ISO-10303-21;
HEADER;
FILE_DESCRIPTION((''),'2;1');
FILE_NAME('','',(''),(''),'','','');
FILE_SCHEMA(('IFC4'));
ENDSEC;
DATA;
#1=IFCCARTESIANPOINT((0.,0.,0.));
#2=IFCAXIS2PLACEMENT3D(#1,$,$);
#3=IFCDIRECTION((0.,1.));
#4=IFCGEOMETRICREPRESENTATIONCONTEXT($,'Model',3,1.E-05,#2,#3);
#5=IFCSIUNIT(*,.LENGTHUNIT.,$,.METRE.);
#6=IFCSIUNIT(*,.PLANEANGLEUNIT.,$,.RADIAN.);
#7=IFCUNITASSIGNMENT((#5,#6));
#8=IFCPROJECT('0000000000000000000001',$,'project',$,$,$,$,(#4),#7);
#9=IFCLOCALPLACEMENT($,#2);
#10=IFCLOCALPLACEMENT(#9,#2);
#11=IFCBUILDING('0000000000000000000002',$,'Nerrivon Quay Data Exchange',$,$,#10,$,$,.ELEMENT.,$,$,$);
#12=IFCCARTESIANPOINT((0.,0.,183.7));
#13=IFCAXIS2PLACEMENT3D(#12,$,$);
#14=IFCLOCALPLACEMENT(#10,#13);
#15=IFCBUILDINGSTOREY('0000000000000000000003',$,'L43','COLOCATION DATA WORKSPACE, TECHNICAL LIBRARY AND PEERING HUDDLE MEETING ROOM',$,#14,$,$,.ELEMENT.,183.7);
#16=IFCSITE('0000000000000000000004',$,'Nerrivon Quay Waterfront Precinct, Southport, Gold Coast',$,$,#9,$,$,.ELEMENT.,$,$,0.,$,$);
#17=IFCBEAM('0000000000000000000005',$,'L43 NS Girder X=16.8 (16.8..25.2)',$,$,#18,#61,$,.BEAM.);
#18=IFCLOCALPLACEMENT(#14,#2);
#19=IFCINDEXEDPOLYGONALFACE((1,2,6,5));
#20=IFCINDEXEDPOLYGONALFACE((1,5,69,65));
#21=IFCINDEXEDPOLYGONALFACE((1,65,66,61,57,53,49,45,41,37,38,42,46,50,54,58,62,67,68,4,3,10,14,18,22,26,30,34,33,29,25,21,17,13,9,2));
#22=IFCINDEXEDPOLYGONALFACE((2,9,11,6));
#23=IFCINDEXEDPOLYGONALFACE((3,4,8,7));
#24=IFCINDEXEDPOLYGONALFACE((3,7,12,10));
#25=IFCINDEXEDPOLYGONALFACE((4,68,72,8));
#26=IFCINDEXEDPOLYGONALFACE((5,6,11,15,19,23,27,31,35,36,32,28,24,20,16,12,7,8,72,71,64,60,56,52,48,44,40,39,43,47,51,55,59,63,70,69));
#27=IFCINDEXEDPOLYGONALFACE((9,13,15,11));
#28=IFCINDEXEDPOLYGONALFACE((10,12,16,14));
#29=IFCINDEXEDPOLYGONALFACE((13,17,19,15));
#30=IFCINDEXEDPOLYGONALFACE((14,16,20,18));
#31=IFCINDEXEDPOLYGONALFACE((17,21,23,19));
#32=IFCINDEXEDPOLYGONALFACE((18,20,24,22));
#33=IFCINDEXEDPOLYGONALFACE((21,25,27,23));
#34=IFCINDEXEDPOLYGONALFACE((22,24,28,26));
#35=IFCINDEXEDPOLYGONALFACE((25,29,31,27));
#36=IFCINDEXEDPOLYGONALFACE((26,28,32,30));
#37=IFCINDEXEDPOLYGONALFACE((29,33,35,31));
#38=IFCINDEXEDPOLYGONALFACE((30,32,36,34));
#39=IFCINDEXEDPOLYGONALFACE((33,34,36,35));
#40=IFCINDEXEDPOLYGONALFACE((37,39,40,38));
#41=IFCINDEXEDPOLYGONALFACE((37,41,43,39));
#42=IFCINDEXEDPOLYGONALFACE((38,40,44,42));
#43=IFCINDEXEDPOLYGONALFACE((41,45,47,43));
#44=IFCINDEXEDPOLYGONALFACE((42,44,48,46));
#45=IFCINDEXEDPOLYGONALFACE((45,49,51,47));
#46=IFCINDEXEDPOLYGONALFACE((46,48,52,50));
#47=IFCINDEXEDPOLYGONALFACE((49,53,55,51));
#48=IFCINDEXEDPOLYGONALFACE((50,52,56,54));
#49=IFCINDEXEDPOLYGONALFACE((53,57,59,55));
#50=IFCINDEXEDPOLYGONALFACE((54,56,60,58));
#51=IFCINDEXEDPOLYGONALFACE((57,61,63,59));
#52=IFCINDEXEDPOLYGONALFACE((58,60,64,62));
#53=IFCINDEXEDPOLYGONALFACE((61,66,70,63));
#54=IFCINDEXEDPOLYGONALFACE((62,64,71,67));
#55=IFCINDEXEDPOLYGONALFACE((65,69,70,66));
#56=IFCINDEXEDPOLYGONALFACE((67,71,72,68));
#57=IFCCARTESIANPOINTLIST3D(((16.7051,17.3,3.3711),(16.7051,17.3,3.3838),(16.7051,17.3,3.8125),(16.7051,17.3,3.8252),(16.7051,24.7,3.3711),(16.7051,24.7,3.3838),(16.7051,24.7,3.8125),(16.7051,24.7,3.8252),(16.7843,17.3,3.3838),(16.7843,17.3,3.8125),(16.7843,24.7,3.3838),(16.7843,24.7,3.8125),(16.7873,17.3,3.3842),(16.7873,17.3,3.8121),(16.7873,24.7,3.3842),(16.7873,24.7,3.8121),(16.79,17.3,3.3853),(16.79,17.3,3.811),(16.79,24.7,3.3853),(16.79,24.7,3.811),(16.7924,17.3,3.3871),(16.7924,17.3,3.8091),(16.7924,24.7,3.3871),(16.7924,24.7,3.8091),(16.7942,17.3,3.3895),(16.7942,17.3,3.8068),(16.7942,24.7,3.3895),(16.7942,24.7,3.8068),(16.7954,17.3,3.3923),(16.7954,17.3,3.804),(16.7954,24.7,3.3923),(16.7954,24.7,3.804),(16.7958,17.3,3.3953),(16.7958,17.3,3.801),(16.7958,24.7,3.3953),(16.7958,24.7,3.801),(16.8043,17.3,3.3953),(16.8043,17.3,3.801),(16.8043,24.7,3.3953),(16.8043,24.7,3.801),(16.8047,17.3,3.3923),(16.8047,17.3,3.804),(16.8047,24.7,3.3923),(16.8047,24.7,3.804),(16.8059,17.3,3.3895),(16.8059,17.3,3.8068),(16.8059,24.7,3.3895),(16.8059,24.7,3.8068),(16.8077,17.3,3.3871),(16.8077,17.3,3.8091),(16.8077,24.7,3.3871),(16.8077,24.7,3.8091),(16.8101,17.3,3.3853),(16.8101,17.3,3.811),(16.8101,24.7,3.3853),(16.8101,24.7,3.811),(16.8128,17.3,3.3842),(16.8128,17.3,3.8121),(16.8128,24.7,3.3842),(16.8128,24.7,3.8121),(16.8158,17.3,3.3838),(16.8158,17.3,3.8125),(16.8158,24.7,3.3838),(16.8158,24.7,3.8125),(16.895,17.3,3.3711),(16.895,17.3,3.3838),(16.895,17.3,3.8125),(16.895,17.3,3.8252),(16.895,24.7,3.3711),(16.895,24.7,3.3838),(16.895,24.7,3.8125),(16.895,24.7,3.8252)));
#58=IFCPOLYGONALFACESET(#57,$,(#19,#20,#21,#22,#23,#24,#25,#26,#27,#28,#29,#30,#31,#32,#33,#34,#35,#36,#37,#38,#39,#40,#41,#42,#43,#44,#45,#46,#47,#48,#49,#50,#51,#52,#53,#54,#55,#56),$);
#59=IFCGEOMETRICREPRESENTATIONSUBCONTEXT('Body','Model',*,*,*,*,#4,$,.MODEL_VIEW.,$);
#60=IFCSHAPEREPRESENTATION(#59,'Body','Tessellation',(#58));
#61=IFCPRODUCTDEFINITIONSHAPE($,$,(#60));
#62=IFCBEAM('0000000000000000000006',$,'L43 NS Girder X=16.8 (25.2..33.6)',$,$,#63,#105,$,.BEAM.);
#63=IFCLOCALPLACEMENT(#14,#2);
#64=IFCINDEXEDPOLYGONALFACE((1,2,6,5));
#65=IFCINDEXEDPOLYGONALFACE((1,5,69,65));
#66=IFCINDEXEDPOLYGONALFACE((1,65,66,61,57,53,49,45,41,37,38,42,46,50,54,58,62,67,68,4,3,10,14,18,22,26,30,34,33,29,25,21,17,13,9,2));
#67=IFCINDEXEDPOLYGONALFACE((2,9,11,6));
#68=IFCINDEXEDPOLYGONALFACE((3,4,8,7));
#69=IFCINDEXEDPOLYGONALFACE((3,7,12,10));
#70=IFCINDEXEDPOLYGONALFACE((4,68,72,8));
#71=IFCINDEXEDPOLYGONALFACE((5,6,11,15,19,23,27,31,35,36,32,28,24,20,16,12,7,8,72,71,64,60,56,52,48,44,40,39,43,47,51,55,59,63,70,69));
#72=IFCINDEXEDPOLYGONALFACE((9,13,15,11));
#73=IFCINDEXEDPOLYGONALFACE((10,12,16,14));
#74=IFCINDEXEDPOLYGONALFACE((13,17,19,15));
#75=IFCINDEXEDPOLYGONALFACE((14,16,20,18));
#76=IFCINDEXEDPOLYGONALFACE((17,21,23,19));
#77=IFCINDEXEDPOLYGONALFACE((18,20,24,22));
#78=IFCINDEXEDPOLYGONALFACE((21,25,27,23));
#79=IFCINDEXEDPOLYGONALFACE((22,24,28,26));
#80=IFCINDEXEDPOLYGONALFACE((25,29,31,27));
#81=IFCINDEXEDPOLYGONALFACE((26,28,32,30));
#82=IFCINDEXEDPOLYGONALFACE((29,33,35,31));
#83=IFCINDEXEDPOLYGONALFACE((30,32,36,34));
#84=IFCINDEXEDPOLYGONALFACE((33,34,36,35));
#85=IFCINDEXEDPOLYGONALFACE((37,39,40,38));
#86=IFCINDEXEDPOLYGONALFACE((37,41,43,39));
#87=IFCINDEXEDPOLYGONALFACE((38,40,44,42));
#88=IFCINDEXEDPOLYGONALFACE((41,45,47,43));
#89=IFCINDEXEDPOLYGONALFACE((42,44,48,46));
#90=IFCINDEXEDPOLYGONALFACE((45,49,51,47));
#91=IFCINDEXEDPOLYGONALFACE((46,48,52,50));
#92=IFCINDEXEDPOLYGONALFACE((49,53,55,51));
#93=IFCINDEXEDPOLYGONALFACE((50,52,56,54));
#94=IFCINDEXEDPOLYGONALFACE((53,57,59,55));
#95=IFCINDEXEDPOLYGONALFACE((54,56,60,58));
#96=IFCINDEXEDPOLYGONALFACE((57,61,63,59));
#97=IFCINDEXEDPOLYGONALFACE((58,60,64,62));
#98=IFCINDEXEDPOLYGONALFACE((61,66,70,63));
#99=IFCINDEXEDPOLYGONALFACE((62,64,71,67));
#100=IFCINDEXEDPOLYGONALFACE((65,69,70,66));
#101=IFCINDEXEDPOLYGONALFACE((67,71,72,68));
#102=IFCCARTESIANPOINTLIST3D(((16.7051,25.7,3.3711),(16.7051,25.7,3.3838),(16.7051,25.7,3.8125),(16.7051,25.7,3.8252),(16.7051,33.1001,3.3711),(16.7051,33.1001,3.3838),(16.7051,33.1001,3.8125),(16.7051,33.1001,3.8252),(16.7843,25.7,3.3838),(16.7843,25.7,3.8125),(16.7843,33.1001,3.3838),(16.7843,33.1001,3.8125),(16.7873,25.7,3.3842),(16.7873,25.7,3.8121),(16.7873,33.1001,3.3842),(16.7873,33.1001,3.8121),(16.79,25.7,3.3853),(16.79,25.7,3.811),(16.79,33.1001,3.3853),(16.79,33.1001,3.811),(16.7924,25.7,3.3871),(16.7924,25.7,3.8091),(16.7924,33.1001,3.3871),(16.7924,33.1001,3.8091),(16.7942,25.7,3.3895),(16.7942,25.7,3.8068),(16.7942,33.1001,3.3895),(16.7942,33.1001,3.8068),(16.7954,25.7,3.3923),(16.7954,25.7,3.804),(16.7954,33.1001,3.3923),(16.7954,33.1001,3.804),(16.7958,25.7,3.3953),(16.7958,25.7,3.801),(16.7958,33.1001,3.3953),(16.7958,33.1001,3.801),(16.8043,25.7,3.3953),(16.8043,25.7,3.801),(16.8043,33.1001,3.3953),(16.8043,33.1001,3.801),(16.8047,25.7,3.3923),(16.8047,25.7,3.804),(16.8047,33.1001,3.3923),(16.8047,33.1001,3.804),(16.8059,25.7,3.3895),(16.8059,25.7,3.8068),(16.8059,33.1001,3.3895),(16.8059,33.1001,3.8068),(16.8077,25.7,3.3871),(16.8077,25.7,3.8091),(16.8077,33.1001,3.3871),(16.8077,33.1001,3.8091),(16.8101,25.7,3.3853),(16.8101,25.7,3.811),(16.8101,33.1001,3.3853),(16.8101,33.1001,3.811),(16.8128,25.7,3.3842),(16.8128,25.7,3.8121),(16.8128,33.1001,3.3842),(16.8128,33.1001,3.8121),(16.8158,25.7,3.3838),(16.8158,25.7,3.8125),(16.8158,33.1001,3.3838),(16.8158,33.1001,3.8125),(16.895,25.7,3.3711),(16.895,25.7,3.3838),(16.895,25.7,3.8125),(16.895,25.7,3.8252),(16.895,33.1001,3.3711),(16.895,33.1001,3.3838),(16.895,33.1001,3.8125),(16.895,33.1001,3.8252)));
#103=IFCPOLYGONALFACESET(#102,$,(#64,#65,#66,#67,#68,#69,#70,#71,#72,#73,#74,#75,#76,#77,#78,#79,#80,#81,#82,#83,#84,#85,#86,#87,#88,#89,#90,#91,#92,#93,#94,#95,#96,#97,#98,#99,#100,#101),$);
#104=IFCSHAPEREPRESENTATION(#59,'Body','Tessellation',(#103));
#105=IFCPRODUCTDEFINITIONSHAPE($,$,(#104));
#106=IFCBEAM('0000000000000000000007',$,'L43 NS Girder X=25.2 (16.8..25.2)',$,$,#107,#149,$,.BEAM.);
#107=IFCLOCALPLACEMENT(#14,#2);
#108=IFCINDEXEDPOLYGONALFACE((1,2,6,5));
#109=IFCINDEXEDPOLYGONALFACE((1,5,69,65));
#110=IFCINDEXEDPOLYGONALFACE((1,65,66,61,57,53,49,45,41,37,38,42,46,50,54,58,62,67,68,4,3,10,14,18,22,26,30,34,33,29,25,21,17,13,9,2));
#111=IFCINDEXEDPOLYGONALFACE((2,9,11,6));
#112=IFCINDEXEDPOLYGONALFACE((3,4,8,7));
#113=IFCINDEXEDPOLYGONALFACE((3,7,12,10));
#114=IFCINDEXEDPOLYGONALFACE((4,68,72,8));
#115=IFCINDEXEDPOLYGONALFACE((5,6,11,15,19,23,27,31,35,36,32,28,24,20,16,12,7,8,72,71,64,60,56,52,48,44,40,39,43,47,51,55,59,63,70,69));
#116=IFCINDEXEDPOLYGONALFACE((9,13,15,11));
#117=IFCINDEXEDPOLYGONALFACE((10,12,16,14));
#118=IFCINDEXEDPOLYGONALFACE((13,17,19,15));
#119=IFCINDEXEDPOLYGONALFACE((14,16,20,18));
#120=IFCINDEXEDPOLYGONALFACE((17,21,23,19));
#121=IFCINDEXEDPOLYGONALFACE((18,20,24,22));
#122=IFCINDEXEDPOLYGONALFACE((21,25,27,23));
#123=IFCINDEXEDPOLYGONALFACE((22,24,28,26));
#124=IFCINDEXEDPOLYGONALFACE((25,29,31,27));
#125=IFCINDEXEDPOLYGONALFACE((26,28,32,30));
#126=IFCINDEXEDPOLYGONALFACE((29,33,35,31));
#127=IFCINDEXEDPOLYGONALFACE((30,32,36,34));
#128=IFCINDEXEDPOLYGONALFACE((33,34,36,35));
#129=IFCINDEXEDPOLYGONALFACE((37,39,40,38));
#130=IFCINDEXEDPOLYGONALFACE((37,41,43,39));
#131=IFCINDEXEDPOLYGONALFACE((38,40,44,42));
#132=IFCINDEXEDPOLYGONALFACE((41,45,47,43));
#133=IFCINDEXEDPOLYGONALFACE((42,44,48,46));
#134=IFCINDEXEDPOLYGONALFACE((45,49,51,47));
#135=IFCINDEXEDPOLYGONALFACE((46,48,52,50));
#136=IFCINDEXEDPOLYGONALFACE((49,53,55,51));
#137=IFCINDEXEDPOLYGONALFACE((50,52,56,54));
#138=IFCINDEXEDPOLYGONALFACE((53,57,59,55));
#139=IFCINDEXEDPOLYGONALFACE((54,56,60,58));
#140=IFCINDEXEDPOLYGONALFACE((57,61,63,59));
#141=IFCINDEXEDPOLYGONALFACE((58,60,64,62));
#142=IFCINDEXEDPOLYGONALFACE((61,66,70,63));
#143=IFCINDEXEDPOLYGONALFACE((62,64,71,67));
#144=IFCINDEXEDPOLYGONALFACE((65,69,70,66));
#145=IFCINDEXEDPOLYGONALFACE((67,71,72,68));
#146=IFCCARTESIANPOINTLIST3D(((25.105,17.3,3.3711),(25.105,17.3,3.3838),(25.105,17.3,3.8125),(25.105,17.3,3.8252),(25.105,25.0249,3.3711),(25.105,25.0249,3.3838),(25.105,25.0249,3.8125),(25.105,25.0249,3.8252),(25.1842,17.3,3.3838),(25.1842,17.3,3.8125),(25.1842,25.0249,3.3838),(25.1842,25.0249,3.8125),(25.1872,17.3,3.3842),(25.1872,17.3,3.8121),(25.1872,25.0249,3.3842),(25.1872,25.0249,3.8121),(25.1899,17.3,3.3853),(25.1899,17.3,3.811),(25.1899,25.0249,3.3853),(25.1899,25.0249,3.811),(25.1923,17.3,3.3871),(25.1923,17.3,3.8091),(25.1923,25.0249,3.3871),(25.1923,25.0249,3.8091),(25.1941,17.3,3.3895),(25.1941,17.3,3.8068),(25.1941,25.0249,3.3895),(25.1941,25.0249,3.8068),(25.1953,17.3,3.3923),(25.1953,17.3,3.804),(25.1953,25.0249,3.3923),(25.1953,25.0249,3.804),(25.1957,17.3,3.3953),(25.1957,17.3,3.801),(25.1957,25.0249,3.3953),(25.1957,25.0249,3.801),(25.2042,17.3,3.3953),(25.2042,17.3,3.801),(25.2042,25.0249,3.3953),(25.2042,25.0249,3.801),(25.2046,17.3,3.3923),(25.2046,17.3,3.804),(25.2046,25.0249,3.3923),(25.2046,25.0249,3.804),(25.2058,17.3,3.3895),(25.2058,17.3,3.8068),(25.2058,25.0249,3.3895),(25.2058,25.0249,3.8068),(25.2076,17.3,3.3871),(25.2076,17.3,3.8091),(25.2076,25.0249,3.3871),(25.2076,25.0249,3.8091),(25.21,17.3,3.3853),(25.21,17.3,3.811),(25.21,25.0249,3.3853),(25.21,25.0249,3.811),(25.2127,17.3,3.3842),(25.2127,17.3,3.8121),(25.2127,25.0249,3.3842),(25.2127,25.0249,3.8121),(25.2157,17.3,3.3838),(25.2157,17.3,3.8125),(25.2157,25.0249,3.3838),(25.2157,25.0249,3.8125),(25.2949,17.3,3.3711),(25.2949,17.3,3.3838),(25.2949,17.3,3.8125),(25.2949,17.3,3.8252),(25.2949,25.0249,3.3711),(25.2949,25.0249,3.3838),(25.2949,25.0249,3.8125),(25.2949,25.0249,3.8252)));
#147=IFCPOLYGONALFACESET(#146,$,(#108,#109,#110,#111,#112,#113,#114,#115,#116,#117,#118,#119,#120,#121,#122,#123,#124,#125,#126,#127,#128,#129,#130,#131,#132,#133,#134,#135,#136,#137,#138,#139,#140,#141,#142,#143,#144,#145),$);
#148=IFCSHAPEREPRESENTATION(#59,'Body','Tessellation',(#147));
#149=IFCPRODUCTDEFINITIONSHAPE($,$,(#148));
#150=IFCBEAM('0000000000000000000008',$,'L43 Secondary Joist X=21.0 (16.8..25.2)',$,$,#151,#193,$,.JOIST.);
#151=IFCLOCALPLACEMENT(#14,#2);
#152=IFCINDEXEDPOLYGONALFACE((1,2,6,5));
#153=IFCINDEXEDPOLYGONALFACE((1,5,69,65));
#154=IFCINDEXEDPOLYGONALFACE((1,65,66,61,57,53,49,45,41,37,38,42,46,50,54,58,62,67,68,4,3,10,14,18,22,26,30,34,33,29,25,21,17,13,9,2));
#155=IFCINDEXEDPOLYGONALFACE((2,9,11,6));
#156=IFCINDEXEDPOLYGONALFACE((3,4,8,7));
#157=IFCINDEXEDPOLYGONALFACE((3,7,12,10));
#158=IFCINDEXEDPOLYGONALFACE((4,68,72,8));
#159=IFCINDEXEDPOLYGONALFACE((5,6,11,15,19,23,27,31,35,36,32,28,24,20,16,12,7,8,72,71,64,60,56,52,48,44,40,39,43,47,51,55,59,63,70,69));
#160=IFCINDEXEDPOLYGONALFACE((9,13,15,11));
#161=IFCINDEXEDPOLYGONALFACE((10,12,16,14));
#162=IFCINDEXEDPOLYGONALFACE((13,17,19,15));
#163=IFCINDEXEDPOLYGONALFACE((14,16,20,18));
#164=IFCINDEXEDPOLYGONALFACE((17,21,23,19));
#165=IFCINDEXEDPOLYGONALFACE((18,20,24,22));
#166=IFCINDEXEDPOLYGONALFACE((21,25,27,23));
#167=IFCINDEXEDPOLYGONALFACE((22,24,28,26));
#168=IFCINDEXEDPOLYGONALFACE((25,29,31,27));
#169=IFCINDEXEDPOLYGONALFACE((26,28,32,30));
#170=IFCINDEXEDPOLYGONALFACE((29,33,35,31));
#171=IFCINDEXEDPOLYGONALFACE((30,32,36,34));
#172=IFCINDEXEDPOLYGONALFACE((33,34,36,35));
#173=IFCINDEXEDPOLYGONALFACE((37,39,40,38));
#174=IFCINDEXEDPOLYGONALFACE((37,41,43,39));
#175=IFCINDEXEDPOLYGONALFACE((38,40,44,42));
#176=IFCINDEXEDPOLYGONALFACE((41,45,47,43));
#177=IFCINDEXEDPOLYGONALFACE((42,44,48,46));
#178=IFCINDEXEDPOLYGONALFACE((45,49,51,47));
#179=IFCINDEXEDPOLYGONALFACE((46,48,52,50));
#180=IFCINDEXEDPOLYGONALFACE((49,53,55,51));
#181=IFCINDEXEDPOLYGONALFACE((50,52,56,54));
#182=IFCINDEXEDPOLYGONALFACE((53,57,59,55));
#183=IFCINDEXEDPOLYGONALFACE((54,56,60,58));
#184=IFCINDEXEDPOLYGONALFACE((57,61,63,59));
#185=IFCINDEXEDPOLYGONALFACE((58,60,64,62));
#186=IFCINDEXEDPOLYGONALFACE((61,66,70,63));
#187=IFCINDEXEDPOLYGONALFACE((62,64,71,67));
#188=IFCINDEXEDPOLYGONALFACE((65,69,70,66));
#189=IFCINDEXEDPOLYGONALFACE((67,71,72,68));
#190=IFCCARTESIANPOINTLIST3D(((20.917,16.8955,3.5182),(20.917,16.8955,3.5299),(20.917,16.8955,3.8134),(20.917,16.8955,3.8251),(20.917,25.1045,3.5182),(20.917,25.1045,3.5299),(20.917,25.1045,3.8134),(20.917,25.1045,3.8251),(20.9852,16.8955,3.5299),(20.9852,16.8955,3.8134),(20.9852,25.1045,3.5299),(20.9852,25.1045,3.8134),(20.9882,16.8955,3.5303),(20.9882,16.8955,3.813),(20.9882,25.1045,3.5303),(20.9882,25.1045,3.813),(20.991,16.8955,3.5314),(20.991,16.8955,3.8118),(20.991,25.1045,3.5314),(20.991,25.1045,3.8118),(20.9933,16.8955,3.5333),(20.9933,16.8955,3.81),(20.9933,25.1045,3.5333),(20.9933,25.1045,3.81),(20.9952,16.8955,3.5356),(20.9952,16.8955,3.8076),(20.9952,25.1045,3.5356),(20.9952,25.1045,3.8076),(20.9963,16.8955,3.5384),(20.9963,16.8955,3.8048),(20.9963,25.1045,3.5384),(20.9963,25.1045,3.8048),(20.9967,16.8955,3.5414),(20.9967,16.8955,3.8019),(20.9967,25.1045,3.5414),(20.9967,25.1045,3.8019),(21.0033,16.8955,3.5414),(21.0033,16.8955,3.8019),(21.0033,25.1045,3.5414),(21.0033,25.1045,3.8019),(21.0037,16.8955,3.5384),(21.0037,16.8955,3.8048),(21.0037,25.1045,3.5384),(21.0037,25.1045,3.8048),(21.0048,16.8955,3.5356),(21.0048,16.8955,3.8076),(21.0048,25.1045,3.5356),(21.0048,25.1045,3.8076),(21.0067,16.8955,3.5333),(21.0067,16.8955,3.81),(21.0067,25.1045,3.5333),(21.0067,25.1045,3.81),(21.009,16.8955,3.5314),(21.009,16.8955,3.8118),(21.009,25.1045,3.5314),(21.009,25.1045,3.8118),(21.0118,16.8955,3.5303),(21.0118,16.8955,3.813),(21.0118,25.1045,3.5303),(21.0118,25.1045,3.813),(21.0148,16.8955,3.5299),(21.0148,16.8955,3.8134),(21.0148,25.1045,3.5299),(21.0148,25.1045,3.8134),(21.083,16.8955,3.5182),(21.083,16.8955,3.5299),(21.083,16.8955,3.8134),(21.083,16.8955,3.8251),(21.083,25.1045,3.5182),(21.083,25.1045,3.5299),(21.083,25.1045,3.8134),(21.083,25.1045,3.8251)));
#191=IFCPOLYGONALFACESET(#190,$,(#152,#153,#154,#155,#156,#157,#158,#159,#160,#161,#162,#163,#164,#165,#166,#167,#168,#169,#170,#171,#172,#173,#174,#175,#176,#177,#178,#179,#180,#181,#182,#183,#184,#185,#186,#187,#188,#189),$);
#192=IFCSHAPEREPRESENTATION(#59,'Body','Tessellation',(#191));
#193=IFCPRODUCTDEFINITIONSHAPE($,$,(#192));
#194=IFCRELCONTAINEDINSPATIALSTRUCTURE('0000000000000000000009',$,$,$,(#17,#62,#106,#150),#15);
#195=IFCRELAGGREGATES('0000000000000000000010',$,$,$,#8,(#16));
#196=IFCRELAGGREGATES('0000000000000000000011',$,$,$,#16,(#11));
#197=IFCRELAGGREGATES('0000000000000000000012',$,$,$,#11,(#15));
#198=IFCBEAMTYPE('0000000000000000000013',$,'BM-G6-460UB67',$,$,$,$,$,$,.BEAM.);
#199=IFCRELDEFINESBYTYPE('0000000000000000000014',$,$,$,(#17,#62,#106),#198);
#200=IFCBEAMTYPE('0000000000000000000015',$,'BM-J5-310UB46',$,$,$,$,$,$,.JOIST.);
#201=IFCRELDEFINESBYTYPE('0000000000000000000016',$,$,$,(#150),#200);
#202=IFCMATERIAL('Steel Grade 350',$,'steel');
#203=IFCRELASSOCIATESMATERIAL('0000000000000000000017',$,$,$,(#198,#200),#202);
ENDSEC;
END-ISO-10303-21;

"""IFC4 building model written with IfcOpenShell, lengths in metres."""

from ifc_helpers import new_model, si_unit, direction, frame, origin, origin_2d, place, context, subcontext, project, spatial, i_section, extrude, material, material_profile, profile_set, type_object, element, save


model = new_model("IFC4")

# Units and contexts
model_context = context("Model", 3, precision=1e-05, world=origin(), true_north=direction((0.0, 1.0)))
body_context = subcontext(model_context, "Body", "Model", "MODEL_VIEW")
ifc_project = project(units=[si_unit("LENGTHUNIT", "METRE"), si_unit("PLANEANGLEUNIT", "RADIAN")], contexts=[model_context])

# Site, building, storey
site_placement = place(None, origin())
site = spatial("IfcSite", under=ifc_project, at=site_placement, Name="Nerrivon Quay Waterfront Precinct, Southport, Gold Coast", CompositionType="ELEMENT", RefElevation=0.0)
building_placement = place(site_placement, origin())
building = spatial("IfcBuilding", under=site, at=building_placement, Name="Nerrivon Quay Data Exchange", CompositionType="ELEMENT")
storey_placement = place(building_placement, frame((0.0, 0.0, 183.7)))
storey = spatial("IfcBuildingStorey", under=building, at=storey_placement, Name="L43", Description="COLOCATION DATA WORKSPACE, TECHNICAL LIBRARY AND PEERING HUDDLE MEETING ROOM", CompositionType="ELEMENT", Elevation=183.7)

# Shared definitions
ifc_material_1 = material(Name="Steel Grade 350", Category="steel")

# Beams
ifc_material_profile_1 = material_profile(ifc_material_1, i_section(OverallWidth=0.1899, OverallDepth=0.4541, WebThickness=0.0085, FlangeThickness=0.0127, FilletRadius=0.0115, at=origin_2d()), Name="460UB67.1")
ifc_profile_set_1 = profile_set([ifc_material_profile_1], Name="Steel Grade 350")
beam_type_1 = type_object("IfcBeamType", Name="BM-G6-460UB67", PredefinedType="BEAM", material=ifc_profile_set_1)
beam_1_placement = place(storey_placement, frame((16.8, 17.3, 3.5981), z_axis=(0.0, 1.0, 0.0), x_axis=(-1.0, 0.0, 0.0)))
element("IfcBeam", 1, at=beam_1_placement, inside=storey, type_object=beam_type_1, Name="L43 NS Girder X=16.8 (16.8..25.2)", PredefinedType="BEAM", context=body_context, shape_type="SweptSolid", body=[
    extrude(i_section(OverallWidth=0.1899, OverallDepth=0.4541, WebThickness=0.0085, FlangeThickness=0.0127, FilletRadius=0.0115, at=origin_2d()), origin(), (0.0, 0.0, 1.0), 7.3999),
])
beam_2_placement = place(storey_placement, frame((16.8, 25.7, 3.5981), z_axis=(0.0, 1.0, 0.0), x_axis=(-1.0, 0.0, 0.0)))
element("IfcBeam", 2, at=beam_2_placement, inside=storey, type_object=beam_type_1, Name="L43 NS Girder X=16.8 (25.2..33.6)", PredefinedType="BEAM", context=body_context, shape_type="SweptSolid", body=[
    extrude(i_section(OverallWidth=0.1899, OverallDepth=0.4541, WebThickness=0.0085, FlangeThickness=0.0127, FilletRadius=0.0115, at=origin_2d()), origin(), (0.0, 0.0, 1.0), 7.4001),
])
beam_3_placement = place(storey_placement, frame((25.2, 17.3, 3.5981), z_axis=(0.0, 1.0, 0.0), x_axis=(-1.0, 0.0, 0.0)))
element("IfcBeam", 3, at=beam_3_placement, inside=storey, type_object=beam_type_1, Name="L43 NS Girder X=25.2 (16.8..25.2)", PredefinedType="BEAM", context=body_context, shape_type="SweptSolid", body=[
    extrude(i_section(OverallWidth=0.1899, OverallDepth=0.4541, WebThickness=0.0085, FlangeThickness=0.0127, FilletRadius=0.0115, at=origin_2d()), origin(), (0.0, 0.0, 1.0), 7.7249),
])
ifc_material_profile_2 = material_profile(ifc_material_1, i_section(OverallWidth=0.166, OverallDepth=0.3069, WebThickness=0.0066, FlangeThickness=0.0117, FilletRadius=0.0115, at=origin_2d()), Name="310UB46.2")
ifc_profile_set_2 = profile_set([ifc_material_profile_2], Name="Steel Grade 350")
beam_type_2 = type_object("IfcBeamType", Name="BM-J5-310UB46", PredefinedType="JOIST", material=ifc_profile_set_2)
for number, where, z_axis, x_axis, name in (
    (4, (21.0, 16.8955, 3.6716), (0.0, 1.0, 0.0), (-1.0, 0.0, 0.0), "L43 Secondary Joist X=21.0 (16.8..25.2)"),
):
    element("IfcBeam", number, at=place(storey_placement, frame(where, z_axis=z_axis, x_axis=x_axis)), inside=storey, type_object=beam_type_2, Name=name, PredefinedType="JOIST", context=body_context, shape_type="SweptSolid", body=[
        extrude(i_section(OverallWidth=0.166, OverallDepth=0.3069, WebThickness=0.0066, FlangeThickness=0.0117, FilletRadius=0.0115, at=origin_2d()), origin(), (0.0, 0.0, 1.0), 8.209),
    ])

save(model, "model.ifc")
